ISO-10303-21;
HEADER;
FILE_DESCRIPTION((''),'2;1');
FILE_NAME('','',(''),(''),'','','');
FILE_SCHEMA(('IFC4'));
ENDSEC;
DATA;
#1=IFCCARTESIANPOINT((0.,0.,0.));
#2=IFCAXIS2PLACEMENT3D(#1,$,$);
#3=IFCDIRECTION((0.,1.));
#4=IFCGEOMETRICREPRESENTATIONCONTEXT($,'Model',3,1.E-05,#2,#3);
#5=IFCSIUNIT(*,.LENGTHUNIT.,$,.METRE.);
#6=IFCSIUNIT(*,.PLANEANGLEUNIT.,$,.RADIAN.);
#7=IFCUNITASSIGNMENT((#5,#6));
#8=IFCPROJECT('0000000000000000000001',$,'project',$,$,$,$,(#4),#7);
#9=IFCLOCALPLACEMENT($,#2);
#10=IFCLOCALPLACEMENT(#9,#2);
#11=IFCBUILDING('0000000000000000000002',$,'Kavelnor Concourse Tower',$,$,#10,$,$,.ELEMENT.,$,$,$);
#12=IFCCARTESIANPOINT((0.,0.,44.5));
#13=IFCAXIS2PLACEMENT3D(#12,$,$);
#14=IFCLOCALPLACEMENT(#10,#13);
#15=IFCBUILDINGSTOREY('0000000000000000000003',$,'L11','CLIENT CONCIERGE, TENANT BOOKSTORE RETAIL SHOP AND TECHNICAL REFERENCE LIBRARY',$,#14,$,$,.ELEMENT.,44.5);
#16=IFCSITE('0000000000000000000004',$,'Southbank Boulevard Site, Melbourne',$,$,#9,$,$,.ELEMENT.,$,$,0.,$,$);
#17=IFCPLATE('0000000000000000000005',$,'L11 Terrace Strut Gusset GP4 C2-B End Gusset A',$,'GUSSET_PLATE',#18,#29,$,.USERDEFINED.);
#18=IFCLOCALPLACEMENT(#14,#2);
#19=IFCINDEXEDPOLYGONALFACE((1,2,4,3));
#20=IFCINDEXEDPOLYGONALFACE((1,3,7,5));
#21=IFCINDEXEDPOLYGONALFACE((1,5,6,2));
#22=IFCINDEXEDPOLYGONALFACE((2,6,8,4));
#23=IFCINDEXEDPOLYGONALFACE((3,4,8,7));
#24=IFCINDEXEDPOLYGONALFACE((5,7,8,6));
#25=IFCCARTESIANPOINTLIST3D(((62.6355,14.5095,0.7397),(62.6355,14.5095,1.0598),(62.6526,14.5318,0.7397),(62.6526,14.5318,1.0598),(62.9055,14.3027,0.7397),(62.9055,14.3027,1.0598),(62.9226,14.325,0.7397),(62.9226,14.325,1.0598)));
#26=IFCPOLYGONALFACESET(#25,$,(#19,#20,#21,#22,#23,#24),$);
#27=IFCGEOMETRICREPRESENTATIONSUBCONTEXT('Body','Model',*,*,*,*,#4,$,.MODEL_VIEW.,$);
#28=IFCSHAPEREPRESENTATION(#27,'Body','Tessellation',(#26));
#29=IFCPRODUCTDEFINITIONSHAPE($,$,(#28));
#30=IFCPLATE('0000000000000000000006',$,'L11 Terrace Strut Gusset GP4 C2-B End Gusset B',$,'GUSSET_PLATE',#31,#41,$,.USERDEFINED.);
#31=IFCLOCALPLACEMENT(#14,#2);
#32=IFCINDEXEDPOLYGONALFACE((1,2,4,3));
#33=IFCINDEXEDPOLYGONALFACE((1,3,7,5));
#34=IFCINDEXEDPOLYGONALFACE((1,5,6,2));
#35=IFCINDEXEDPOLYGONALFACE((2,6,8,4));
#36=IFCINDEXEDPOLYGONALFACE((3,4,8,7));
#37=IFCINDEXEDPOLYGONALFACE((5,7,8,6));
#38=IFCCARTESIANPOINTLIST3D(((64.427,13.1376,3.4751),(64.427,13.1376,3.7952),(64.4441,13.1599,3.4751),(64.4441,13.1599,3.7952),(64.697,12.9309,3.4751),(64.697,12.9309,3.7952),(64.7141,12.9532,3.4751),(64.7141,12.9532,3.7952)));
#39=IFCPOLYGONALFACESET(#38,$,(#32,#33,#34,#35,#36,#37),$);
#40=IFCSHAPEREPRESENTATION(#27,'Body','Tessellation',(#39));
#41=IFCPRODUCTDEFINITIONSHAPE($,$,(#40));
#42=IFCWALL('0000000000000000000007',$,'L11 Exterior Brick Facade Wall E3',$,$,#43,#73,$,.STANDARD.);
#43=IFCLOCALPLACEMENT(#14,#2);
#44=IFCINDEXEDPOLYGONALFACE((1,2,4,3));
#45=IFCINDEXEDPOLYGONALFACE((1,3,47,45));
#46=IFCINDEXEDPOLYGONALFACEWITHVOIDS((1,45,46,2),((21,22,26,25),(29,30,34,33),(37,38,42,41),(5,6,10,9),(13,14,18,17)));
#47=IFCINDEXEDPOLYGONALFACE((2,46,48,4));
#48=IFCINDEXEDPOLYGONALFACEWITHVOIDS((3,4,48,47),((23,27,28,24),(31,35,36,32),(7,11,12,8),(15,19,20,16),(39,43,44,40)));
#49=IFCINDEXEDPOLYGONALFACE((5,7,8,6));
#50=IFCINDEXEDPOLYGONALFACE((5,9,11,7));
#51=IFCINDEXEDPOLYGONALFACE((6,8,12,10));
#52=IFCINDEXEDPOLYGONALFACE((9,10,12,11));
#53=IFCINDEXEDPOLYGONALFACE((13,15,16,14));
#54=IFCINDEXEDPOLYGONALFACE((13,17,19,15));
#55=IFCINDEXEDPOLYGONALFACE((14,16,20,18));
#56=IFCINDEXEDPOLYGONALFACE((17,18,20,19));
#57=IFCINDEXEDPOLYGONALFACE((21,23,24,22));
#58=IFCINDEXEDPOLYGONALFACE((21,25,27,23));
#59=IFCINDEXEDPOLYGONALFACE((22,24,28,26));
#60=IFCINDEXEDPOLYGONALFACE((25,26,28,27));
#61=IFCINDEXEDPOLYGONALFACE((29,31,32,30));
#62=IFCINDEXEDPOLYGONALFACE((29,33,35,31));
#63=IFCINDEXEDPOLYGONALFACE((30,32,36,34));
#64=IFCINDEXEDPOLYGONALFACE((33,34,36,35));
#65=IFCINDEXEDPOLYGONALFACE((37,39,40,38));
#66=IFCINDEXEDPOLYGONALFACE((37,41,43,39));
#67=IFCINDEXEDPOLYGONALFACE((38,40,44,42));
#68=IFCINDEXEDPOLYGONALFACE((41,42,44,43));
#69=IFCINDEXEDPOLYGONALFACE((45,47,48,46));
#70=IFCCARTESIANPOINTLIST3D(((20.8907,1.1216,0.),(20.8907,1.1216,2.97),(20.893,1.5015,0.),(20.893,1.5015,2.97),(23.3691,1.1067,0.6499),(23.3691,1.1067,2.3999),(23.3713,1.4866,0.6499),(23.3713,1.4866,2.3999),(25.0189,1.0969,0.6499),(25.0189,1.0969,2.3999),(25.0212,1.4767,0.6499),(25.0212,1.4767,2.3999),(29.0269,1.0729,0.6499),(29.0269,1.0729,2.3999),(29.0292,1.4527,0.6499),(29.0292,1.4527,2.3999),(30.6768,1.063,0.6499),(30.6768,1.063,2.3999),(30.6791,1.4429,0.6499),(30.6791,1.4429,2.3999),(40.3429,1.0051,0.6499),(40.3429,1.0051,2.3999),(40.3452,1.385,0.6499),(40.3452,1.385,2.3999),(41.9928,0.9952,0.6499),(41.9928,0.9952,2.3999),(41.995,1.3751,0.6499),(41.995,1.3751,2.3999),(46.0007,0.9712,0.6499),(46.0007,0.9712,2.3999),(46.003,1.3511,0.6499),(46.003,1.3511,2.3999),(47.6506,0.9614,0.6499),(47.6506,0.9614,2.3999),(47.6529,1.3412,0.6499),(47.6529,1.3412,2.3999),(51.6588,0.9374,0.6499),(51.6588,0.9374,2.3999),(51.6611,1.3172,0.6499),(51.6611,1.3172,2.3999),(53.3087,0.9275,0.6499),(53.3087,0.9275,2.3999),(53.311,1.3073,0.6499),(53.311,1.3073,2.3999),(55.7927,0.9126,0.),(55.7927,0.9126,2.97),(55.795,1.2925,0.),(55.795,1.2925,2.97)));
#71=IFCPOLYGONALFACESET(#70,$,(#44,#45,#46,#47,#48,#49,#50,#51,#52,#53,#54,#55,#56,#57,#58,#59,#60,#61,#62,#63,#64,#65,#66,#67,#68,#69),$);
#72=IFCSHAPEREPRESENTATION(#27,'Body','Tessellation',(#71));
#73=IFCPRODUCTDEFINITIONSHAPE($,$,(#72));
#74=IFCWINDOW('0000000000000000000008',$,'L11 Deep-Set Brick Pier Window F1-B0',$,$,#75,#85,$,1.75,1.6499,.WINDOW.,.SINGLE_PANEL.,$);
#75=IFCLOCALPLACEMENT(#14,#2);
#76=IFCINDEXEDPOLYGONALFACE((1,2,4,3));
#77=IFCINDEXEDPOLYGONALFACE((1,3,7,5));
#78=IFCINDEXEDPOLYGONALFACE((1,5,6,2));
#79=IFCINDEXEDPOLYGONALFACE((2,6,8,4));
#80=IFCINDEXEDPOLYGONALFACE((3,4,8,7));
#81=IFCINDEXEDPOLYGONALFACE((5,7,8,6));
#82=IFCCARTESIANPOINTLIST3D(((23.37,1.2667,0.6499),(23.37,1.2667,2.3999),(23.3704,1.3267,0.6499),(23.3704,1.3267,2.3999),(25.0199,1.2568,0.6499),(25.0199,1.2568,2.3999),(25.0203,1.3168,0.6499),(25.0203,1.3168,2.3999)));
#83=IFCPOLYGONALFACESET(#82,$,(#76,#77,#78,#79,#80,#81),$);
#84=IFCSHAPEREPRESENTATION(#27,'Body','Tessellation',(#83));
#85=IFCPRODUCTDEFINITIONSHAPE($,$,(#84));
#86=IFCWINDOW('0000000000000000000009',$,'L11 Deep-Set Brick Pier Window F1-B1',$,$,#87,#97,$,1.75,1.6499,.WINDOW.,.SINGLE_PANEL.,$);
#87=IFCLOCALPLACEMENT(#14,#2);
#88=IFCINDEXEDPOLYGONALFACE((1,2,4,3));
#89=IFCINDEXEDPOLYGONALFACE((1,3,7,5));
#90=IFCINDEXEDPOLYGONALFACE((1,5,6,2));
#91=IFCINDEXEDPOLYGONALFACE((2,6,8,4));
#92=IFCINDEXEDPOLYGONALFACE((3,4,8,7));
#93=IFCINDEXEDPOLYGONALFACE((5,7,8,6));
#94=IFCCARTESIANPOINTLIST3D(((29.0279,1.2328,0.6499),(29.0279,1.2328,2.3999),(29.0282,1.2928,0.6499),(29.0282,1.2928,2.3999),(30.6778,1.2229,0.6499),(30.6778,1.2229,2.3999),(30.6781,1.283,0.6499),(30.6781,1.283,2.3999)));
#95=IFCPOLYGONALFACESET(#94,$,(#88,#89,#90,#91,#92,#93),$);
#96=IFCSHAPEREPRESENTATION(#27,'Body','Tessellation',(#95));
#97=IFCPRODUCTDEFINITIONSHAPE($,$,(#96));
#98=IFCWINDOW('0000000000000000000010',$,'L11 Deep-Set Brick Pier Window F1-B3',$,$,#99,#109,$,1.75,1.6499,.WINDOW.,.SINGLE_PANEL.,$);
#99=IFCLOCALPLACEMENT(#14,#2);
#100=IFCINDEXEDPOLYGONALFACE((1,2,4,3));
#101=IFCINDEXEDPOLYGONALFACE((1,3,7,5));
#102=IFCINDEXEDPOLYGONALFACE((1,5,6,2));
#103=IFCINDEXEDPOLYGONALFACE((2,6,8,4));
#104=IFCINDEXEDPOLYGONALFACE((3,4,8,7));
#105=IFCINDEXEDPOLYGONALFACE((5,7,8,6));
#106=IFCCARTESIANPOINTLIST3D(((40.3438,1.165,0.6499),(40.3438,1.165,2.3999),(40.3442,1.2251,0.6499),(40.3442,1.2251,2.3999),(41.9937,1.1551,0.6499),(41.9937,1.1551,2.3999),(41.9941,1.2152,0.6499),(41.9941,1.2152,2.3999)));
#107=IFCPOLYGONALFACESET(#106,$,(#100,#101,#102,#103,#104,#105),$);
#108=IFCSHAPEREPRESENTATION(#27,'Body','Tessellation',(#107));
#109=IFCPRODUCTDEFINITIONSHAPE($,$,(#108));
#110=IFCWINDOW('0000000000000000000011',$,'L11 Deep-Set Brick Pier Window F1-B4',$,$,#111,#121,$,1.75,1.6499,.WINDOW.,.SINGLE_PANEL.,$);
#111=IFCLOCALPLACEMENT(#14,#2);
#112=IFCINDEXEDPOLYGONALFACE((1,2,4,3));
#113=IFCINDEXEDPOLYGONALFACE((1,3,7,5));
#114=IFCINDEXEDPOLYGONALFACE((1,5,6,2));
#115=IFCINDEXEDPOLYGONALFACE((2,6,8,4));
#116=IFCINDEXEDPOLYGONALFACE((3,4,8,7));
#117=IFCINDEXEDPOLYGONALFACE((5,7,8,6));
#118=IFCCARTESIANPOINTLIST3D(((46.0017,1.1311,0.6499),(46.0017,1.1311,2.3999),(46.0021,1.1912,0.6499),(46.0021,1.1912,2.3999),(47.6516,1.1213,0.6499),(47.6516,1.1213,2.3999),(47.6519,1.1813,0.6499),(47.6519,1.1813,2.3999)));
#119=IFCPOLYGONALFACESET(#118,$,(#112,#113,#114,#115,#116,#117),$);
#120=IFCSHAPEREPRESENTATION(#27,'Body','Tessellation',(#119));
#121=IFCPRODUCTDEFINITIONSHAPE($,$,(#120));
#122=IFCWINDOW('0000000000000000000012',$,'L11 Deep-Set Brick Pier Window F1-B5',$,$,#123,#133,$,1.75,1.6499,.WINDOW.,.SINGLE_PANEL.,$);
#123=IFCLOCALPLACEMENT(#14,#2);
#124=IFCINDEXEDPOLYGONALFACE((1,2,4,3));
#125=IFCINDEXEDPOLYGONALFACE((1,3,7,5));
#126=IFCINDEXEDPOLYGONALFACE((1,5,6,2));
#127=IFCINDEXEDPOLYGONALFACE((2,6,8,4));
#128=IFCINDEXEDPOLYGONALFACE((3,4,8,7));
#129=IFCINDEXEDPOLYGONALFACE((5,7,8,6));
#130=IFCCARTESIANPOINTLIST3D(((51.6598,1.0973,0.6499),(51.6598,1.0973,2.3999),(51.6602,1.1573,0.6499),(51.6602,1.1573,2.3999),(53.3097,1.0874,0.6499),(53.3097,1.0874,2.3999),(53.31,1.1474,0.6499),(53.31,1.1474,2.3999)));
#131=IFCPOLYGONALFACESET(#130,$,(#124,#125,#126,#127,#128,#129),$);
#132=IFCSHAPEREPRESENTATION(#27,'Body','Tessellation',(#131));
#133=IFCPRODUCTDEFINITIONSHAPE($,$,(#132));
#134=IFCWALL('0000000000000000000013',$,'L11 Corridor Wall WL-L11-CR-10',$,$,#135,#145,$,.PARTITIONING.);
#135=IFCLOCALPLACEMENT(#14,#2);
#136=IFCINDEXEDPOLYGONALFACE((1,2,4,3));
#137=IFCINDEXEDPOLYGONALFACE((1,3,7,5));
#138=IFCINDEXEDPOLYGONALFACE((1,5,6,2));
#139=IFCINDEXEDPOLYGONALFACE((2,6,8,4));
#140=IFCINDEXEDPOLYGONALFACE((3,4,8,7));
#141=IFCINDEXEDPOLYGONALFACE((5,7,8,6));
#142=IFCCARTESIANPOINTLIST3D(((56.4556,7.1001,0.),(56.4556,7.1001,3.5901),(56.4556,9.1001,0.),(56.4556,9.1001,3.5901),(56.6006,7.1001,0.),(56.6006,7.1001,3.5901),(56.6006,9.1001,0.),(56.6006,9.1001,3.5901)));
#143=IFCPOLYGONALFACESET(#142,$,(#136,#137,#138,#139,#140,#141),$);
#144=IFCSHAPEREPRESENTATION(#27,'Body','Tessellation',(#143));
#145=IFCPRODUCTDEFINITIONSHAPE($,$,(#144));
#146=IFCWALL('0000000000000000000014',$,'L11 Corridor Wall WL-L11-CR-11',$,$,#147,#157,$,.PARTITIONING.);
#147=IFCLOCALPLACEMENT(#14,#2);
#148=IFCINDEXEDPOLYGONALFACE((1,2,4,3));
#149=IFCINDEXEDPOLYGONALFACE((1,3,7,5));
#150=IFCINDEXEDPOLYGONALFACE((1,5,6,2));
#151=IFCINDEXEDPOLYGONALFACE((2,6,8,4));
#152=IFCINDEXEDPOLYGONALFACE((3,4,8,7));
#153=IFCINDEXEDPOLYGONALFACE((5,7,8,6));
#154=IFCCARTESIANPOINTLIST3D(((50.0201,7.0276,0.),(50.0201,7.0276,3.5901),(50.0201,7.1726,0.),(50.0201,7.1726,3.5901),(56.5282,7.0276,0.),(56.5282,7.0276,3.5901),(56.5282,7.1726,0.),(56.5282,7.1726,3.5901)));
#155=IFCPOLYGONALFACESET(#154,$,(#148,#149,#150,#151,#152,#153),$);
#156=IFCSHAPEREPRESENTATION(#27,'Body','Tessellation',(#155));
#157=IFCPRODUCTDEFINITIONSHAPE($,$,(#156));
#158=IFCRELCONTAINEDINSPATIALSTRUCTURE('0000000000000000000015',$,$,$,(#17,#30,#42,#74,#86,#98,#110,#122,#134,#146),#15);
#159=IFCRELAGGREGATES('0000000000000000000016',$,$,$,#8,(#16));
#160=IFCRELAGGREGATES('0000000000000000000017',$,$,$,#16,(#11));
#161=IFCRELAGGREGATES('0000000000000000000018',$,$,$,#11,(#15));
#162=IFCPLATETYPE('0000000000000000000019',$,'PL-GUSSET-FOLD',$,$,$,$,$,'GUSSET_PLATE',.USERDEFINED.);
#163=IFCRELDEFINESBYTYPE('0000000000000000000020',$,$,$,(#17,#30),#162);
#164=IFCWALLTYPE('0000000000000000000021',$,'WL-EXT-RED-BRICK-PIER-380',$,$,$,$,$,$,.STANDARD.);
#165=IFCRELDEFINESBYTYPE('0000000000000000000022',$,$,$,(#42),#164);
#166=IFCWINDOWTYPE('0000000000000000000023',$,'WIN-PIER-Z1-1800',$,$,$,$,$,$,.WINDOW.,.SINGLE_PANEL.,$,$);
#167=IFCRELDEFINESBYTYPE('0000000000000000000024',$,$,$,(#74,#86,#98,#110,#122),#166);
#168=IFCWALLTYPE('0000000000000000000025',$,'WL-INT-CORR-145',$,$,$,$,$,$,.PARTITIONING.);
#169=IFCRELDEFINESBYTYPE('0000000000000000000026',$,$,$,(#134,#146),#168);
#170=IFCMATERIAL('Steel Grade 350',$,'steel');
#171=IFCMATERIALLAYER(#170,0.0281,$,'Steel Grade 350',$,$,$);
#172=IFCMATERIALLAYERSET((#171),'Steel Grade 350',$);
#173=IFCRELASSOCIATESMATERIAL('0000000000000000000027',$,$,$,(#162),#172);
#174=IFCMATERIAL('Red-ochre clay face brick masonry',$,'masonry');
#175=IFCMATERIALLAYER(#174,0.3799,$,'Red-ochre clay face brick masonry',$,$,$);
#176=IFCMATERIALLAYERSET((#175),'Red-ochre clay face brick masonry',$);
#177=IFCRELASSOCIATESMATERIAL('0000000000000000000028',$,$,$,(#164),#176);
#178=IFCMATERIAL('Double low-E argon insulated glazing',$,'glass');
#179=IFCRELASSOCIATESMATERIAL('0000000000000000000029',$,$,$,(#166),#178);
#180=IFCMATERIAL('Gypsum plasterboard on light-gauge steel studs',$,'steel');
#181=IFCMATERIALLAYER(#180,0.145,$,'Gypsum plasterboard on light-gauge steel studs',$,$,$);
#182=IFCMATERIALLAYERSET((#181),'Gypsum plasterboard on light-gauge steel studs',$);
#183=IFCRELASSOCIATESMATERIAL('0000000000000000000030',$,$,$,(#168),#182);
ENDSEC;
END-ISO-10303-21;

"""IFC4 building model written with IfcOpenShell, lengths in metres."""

from ifc_helpers import new_model, si_unit, direction, frame, frame_2d, origin, origin_2d, place, context, subcontext, project, spatial, rectangle, extrude, material, layer, layer_set, type_object, element, fill, save


model = new_model("IFC4")

# Units and contexts
model_context = context("Model", 3, precision=1e-05, world=origin(), true_north=direction((0.0, 1.0)))
body_context = subcontext(model_context, "Body", "Model", "MODEL_VIEW")
ifc_project = project(units=[si_unit("LENGTHUNIT", "METRE"), si_unit("PLANEANGLEUNIT", "RADIAN")], contexts=[model_context])

# Site, building, storey
site_placement = place(None, origin())
site = spatial("IfcSite", under=ifc_project, at=site_placement, Name="Southbank Boulevard Site, Melbourne", CompositionType="ELEMENT", RefElevation=0.0)
building_placement = place(site_placement, origin())
building = spatial("IfcBuilding", under=site, at=building_placement, Name="Kavelnor Concourse Tower", CompositionType="ELEMENT")
storey_placement = place(building_placement, frame((0.0, 0.0, 44.5)))
storey = spatial("IfcBuildingStorey", under=building, at=storey_placement, Name="L11", Description="CLIENT CONCIERGE, TENANT BOOKSTORE RETAIL SHOP AND TECHNICAL REFERENCE LIBRARY", CompositionType="ELEMENT", Elevation=44.5)

# Shared definitions
ifc_material_1 = material(Name="Steel Grade 350", Category="steel")

# Plates
ifc_layer_1 = layer(ifc_material_1, 0.0281, Name="Steel Grade 350")
ifc_layer_set_1 = layer_set([ifc_layer_1], Name="Steel Grade 350")
plate_type = type_object("IfcPlateType", Name="PL-GUSSET-FOLD", ElementType="GUSSET_PLATE", PredefinedType="USERDEFINED", material=ifc_layer_set_1)
for number, where, z_axis, x_axis, name in (
    (1, (62.7791, 14.4172, 0.7397), (0.0, 0.0, 1.0), (0.79399, -0.60793, 0.0), "L11 Terrace Strut Gusset GP4 C2-B End Gusset A"),
    (2, (64.5706, 13.0454, 3.4751), (0.0, 0.0, 1.0), (0.79399, -0.60793, 0.0), "L11 Terrace Strut Gusset GP4 C2-B End Gusset B"),
):
    element("IfcPlate", number, at=place(storey_placement, frame(where, z_axis=z_axis, x_axis=x_axis)), inside=storey, type_object=plate_type, Name=name, ObjectType="GUSSET_PLATE", PredefinedType="USERDEFINED", context=body_context, shape_type="SweptSolid", body=[
        extrude(rectangle(XDim=0.3401, YDim=0.0281, at=origin_2d()), origin(), (0.0, 0.0, 1.0), 0.3201),
    ])

# Wall, openings, windows
ifc_material_2 = material(Name="Red-ochre clay face brick masonry", Category="masonry")
ifc_layer_2 = layer(ifc_material_2, 0.3799, Name="Red-ochre clay face brick masonry")
ifc_layer_set_2 = layer_set([ifc_layer_2], Name="Red-ochre clay face brick masonry")
wall_type_1 = type_object("IfcWallType", Name="WL-EXT-RED-BRICK-PIER-380", PredefinedType="STANDARD", material=ifc_layer_set_2)
wall_1_placement = place(storey_placement, frame((55.7937, 1.1025, 0.0), z_axis=(0.0, 0.0, 1.0), x_axis=(-0.999982, 0.005988, 0.0)))
wall_1 = element("IfcWall", 3, at=wall_1_placement, inside=storey, type_object=wall_type_1, Name="L11 Exterior Brick Facade Wall E3", PredefinedType="STANDARD", context=body_context, shape_type="SweptSolid", body=[
    extrude(rectangle(XDim=34.9026, YDim=0.3799, at=frame_2d((17.4512, 0.0))), origin(), (0.0, 0.0, 1.0), 2.97),
])
opening_1_placement = place(wall_1_placement, frame((30.7742, 0.0, 0.6499)))
opening_1 = element("IfcOpeningElement", 4, at=opening_1_placement, cuts=wall_1, PredefinedType="OPENING", context=body_context, shape_type="SweptSolid", body=[
    extrude(rectangle(XDim=1.6499, YDim=1.75, at=frame_2d((0.825, 0.875))), frame((0.0, 0.2, 0.0), z_axis=(0.0, -1.0, 0.0), x_axis=(1.0, 0.0, 0.0)), (0.0, 0.0, 1.0), 0.3999),
])
opening_2_placement = place(wall_1_placement, frame((25.1162, 0.0, 0.6499)))
opening_2 = element("IfcOpeningElement", 5, at=opening_2_placement, cuts=wall_1, PredefinedType="OPENING", context=body_context, shape_type="SweptSolid", body=[
    extrude(rectangle(XDim=1.6499, YDim=1.75, at=frame_2d((0.825, 0.875))), frame((0.0, 0.2, 0.0), z_axis=(0.0, -1.0, 0.0), x_axis=(1.0, 0.0, 0.0)), (0.0, 0.0, 1.0), 0.3999),
])
opening_3_placement = place(wall_1_placement, frame((13.8, 0.0, 0.6499)))
opening_3 = element("IfcOpeningElement", 6, at=opening_3_placement, cuts=wall_1, PredefinedType="OPENING", context=body_context, shape_type="SweptSolid", body=[
    extrude(rectangle(XDim=1.6499, YDim=1.75, at=frame_2d((0.825, 0.875))), frame((0.0, 0.2, 0.0), z_axis=(0.0, -1.0, 0.0), x_axis=(1.0, 0.0, 0.0)), (0.0, 0.0, 1.0), 0.3999),
])
opening_4_placement = place(wall_1_placement, frame((8.1421, 0.0, 0.6499)))
opening_4 = element("IfcOpeningElement", 7, at=opening_4_placement, cuts=wall_1, PredefinedType="OPENING", context=body_context, shape_type="SweptSolid", body=[
    extrude(rectangle(XDim=1.6499, YDim=1.75, at=frame_2d((0.825, 0.875))), frame((0.0, 0.2, 0.0), z_axis=(0.0, -1.0, 0.0), x_axis=(1.0, 0.0, 0.0)), (0.0, 0.0, 1.0), 0.3999),
])
opening_5_placement = place(wall_1_placement, frame((2.4839, 0.0, 0.6499)))
opening_5 = element("IfcOpeningElement", 8, at=opening_5_placement, cuts=wall_1, PredefinedType="OPENING", context=body_context, shape_type="SweptSolid", body=[
    extrude(rectangle(XDim=1.6499, YDim=1.75, at=frame_2d((0.825, 0.875))), frame((0.0, 0.2, 0.0), z_axis=(0.0, -1.0, 0.0), x_axis=(1.0, 0.0, 0.0)), (0.0, 0.0, 1.0), 0.3999),
])
ifc_material_3 = material(Name="Double low-E argon insulated glazing", Category="glass")
window_type = type_object("IfcWindowType", Name="WIN-PIER-Z1-1800", PartitioningType="SINGLE_PANEL", PredefinedType="WINDOW", material=ifc_material_3)
window_1_placement = place(opening_1_placement, origin())
window_1 = element("IfcWindow", 9, at=window_1_placement, inside=storey, type_object=window_type, Name="L11 Deep-Set Brick Pier Window F1-B0", OverallHeight=1.75, OverallWidth=1.6499, PartitioningType="SINGLE_PANEL", PredefinedType="WINDOW", context=body_context, shape_type="SweptSolid", body=[
    extrude(rectangle(XDim=1.6499, YDim=1.75, at=frame_2d((0.825, 0.875))), frame((0.0, 0.03, 0.0), z_axis=(0.0, -1.0, 0.0), x_axis=(1.0, 0.0, 0.0)), (0.0, 0.0, 1.0), 0.0601),
])
fill(opening_1, window_1)
window_2_placement = place(opening_2_placement, origin())
window_2 = element("IfcWindow", 10, at=window_2_placement, inside=storey, type_object=window_type, Name="L11 Deep-Set Brick Pier Window F1-B1", OverallHeight=1.75, OverallWidth=1.6499, PartitioningType="SINGLE_PANEL", PredefinedType="WINDOW", context=body_context, shape_type="SweptSolid", body=[
    extrude(rectangle(XDim=1.6499, YDim=1.75, at=frame_2d((0.825, 0.875))), frame((0.0, 0.03, 0.0), z_axis=(0.0, -1.0, 0.0), x_axis=(1.0, 0.0, 0.0)), (0.0, 0.0, 1.0), 0.0601),
])
fill(opening_2, window_2)
window_3_placement = place(opening_3_placement, origin())
window_3 = element("IfcWindow", 11, at=window_3_placement, inside=storey, type_object=window_type, Name="L11 Deep-Set Brick Pier Window F1-B3", OverallHeight=1.75, OverallWidth=1.6499, PartitioningType="SINGLE_PANEL", PredefinedType="WINDOW", context=body_context, shape_type="SweptSolid", body=[
    extrude(rectangle(XDim=1.6499, YDim=1.75, at=frame_2d((0.825, 0.875))), frame((0.0, 0.03, 0.0), z_axis=(0.0, -1.0, 0.0), x_axis=(1.0, 0.0, 0.0)), (0.0, 0.0, 1.0), 0.0601),
])
fill(opening_3, window_3)
window_4_placement = place(opening_4_placement, origin())
window_4 = element("IfcWindow", 12, at=window_4_placement, inside=storey, type_object=window_type, Name="L11 Deep-Set Brick Pier Window F1-B4", OverallHeight=1.75, OverallWidth=1.6499, PartitioningType="SINGLE_PANEL", PredefinedType="WINDOW", context=body_context, shape_type="SweptSolid", body=[
    extrude(rectangle(XDim=1.6499, YDim=1.75, at=frame_2d((0.825, 0.875))), frame((0.0, 0.03, 0.0), z_axis=(0.0, -1.0, 0.0), x_axis=(1.0, 0.0, 0.0)), (0.0, 0.0, 1.0), 0.0601),
])
fill(opening_4, window_4)
window_5_placement = place(opening_5_placement, origin())
window_5 = element("IfcWindow", 13, at=window_5_placement, inside=storey, type_object=window_type, Name="L11 Deep-Set Brick Pier Window F1-B5", OverallHeight=1.75, OverallWidth=1.6499, PartitioningType="SINGLE_PANEL", PredefinedType="WINDOW", context=body_context, shape_type="SweptSolid", body=[
    extrude(rectangle(XDim=1.6499, YDim=1.75, at=frame_2d((0.825, 0.875))), frame((0.0, 0.03, 0.0), z_axis=(0.0, -1.0, 0.0), x_axis=(1.0, 0.0, 0.0)), (0.0, 0.0, 1.0), 0.0601),
])
fill(opening_5, window_5)

# Walls
ifc_material_4 = material(Name="Gypsum plasterboard on light-gauge steel studs", Category="steel")
ifc_layer_3 = layer(ifc_material_4, 0.145, Name="Gypsum plasterboard on light-gauge steel studs")
ifc_layer_set_3 = layer_set([ifc_layer_3], Name="Gypsum plasterboard on light-gauge steel studs")
wall_type_2 = type_object("IfcWallType", Name="WL-INT-CORR-145", PredefinedType="PARTITIONING", material=ifc_layer_set_3)
wall_2_placement = place(storey_placement, frame((56.5281, 9.1001, 0.0), z_axis=(0.0, 0.0, 1.0), x_axis=(0.0, -1.0, 0.0)))
element("IfcWall", 14, at=wall_2_placement, inside=storey, type_object=wall_type_2, Name="L11 Corridor Wall WL-L11-CR-10", PredefinedType="PARTITIONING", context=body_context, shape_type="SweptSolid", body=[
    extrude(rectangle(XDim=2.0, YDim=0.145, at=frame_2d((1.0, 0.0))), origin(), (0.0, 0.0, 1.0), 3.5901),
])
wall_3_placement = place(storey_placement, frame((56.5281, 7.1001, 0.0), z_axis=(0.0, 0.0, 1.0), x_axis=(-1.0, 0.0, 0.0)))
element("IfcWall", 15, at=wall_3_placement, inside=storey, type_object=wall_type_2, Name="L11 Corridor Wall WL-L11-CR-11", PredefinedType="PARTITIONING", context=body_context, shape_type="SweptSolid", body=[
    extrude(rectangle(XDim=6.5081, YDim=0.145, at=frame_2d((3.2539, 0.0))), origin(), (0.0, 0.0, 1.0), 3.5901),
])

save(model, "model.ifc")
